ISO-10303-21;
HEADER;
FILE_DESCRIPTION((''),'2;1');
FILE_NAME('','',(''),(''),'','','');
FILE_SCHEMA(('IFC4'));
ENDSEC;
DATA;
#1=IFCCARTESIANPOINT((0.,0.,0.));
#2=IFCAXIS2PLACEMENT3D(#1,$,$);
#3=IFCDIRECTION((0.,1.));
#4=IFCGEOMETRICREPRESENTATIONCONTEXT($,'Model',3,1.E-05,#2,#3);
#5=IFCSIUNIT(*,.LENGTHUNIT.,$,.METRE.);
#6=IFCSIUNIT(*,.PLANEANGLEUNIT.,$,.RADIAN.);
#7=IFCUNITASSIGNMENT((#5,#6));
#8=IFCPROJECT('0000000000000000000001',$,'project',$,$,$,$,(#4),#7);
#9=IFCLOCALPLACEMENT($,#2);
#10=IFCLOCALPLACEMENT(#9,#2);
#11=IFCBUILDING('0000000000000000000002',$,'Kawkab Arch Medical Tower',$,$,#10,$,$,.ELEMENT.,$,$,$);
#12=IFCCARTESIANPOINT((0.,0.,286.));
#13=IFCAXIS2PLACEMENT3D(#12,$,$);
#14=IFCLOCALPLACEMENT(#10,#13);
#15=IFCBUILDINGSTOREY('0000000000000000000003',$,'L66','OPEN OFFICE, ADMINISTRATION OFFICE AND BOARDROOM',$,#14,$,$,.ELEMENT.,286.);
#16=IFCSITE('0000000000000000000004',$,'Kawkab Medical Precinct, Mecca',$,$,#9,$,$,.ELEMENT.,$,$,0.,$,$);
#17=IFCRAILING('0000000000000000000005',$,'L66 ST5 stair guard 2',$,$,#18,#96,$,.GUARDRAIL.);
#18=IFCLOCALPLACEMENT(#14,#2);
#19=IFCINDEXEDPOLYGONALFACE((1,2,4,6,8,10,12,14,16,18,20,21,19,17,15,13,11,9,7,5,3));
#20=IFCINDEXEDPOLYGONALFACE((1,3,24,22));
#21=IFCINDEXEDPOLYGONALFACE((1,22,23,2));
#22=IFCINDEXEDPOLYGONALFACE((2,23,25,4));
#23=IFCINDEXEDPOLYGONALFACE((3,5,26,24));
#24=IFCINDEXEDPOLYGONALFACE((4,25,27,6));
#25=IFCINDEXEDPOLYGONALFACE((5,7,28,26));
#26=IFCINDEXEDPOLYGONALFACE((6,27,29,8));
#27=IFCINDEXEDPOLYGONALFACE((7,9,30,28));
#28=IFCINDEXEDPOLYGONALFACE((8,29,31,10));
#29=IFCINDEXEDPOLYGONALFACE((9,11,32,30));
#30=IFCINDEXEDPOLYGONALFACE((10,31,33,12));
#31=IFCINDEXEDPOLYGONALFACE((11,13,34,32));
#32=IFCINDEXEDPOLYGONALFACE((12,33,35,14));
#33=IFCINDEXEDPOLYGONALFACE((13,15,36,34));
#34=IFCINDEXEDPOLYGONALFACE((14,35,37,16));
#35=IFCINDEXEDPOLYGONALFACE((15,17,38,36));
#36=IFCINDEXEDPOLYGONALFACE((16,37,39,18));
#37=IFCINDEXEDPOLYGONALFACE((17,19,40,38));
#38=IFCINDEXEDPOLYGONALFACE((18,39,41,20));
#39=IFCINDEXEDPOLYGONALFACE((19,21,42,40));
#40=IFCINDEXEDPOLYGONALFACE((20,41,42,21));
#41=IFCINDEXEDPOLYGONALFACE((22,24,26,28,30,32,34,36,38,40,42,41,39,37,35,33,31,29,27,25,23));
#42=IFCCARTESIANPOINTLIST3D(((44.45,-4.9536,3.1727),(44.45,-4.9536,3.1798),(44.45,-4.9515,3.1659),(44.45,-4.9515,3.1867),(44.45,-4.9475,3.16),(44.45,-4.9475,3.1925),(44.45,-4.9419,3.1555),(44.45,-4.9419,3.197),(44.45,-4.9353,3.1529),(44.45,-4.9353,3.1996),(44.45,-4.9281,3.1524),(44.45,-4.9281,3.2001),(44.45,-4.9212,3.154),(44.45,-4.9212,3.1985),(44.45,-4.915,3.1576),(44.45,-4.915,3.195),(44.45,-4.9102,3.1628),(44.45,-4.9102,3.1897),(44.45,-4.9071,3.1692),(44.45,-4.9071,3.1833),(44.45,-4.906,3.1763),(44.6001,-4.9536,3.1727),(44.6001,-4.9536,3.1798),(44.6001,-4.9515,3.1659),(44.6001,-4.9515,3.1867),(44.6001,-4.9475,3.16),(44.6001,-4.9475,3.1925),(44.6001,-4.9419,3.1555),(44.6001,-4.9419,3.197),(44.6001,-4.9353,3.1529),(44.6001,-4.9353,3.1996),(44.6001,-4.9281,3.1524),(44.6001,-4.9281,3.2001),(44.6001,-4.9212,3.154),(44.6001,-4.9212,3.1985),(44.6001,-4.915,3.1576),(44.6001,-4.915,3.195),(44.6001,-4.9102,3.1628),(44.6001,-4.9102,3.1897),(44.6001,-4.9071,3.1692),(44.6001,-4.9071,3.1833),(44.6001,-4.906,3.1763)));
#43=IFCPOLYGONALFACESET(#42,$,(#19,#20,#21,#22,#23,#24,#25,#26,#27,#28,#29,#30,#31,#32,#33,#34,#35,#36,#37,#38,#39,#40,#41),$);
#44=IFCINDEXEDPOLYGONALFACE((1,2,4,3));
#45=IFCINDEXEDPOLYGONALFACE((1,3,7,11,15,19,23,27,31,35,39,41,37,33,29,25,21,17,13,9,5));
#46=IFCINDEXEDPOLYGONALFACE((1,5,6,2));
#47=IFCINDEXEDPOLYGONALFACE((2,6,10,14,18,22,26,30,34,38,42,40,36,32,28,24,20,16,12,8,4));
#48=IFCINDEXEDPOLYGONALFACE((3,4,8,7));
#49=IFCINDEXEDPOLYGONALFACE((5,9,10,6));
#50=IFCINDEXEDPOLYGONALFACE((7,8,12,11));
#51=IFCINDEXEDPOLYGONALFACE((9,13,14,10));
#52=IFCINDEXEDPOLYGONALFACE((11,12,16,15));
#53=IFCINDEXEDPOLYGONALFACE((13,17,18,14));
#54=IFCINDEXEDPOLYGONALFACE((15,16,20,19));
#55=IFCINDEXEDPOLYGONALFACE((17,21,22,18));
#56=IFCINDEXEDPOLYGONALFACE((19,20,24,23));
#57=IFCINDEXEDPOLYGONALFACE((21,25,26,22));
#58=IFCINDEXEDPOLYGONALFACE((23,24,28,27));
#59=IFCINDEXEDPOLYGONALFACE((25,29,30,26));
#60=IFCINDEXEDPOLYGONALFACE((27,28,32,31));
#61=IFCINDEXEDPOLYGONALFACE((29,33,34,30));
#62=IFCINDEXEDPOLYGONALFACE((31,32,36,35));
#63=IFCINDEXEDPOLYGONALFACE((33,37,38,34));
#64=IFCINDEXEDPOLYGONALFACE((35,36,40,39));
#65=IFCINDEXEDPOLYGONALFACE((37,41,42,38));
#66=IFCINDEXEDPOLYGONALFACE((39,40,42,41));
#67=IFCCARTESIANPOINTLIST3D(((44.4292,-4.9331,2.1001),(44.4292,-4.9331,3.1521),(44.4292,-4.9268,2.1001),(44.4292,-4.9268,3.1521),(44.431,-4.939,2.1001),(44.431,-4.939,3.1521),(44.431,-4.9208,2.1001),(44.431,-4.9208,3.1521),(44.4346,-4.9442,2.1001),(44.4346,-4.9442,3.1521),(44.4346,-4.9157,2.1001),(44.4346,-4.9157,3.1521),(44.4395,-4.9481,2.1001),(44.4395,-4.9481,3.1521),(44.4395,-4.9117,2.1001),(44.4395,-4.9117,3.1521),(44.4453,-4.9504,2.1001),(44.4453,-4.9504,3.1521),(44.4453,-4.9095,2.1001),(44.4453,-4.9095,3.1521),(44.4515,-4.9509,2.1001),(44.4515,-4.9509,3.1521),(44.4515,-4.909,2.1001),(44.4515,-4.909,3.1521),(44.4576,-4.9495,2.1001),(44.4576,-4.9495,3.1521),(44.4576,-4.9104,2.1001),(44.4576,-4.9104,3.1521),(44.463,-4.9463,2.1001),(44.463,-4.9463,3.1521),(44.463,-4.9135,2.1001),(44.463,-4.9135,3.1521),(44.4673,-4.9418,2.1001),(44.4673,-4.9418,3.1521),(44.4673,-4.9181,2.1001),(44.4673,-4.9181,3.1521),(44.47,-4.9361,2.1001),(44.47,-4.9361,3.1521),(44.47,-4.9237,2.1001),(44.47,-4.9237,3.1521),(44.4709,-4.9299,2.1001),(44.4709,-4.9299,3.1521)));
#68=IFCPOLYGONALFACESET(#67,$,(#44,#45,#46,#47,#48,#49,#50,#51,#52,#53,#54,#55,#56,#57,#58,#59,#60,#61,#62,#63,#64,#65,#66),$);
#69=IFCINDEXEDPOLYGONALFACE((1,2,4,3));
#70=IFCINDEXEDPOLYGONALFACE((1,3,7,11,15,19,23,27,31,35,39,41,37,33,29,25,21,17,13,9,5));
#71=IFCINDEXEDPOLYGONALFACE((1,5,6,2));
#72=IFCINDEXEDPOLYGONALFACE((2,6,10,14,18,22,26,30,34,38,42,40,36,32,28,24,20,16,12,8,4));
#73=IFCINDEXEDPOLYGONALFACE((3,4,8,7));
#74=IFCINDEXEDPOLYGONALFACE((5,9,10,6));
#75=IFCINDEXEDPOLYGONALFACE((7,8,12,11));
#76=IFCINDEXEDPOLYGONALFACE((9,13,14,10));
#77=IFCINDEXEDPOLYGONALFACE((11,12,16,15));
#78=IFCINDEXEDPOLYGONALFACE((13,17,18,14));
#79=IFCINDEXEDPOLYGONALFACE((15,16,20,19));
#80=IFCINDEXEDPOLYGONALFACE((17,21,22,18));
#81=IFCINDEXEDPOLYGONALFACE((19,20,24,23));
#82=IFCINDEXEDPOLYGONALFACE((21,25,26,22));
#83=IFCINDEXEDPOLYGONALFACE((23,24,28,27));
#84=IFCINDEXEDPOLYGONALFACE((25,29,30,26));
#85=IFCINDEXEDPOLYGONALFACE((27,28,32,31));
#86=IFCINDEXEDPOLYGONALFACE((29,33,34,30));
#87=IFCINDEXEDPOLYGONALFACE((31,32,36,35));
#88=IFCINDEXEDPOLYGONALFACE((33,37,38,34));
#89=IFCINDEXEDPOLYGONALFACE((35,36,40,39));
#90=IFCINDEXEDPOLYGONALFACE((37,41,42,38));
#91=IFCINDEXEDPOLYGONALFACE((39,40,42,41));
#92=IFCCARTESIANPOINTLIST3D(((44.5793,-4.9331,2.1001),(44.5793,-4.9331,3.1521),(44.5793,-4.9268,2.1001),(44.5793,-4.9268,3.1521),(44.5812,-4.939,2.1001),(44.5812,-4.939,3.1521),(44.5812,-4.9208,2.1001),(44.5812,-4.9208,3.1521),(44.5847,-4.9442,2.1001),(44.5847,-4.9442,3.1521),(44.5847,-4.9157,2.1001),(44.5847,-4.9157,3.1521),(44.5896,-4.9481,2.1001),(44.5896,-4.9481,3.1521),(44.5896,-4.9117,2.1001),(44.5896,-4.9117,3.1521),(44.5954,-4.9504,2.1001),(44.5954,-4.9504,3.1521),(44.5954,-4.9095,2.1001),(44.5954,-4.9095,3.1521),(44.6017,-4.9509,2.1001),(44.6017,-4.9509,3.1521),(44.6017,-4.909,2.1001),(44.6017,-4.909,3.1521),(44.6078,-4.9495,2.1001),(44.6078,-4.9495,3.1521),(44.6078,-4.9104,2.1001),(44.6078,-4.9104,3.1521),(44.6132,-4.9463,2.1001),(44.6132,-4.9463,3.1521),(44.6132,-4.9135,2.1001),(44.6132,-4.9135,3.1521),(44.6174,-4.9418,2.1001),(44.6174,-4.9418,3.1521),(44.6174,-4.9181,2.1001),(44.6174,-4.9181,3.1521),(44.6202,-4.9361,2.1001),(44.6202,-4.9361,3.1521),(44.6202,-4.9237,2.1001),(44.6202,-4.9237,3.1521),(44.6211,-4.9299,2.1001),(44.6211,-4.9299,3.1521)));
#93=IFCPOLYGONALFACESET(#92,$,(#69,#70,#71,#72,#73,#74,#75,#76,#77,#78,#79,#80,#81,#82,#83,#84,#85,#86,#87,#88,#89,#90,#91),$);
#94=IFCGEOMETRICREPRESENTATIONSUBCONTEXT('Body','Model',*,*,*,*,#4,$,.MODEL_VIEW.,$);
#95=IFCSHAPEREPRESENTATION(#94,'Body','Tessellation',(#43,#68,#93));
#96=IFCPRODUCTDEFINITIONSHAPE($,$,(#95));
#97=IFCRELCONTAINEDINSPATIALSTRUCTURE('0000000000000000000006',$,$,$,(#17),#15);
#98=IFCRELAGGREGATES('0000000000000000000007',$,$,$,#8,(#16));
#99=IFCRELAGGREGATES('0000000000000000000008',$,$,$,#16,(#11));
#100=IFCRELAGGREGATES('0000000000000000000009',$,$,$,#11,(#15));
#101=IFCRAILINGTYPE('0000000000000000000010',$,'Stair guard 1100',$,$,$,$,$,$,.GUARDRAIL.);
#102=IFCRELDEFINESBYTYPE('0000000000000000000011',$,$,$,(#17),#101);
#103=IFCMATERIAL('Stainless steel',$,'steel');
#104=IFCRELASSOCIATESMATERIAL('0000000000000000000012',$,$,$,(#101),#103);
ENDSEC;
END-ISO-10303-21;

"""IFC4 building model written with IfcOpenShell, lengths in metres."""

from ifc_helpers import new_model, si_unit, direction, frame, origin, origin_2d, place, context, subcontext, project, spatial, circle, extrude, material, type_object, element, save


model = new_model("IFC4")

# Units and contexts
model_context = context("Model", 3, precision=1e-05, world=origin(), true_north=direction((0.0, 1.0)))
body_context = subcontext(model_context, "Body", "Model", "MODEL_VIEW")
ifc_project = project(units=[si_unit("LENGTHUNIT", "METRE"), si_unit("PLANEANGLEUNIT", "RADIAN")], contexts=[model_context])

# Site, building, storey
site_placement = place(None, origin())
site = spatial("IfcSite", under=ifc_project, at=site_placement, Name="Kawkab Medical Precinct, Mecca", CompositionType="ELEMENT", RefElevation=0.0)
building_placement = place(site_placement, origin())
building = spatial("IfcBuilding", under=site, at=building_placement, Name="Kawkab Arch Medical Tower", CompositionType="ELEMENT")
storey_placement = place(building_placement, frame((0.0, 0.0, 286.0)))
storey = spatial("IfcBuildingStorey", under=building, at=storey_placement, Name="L66", Description="OPEN OFFICE, ADMINISTRATION OFFICE AND BOARDROOM", CompositionType="ELEMENT", Elevation=286.0)

# Railing
ifc_material_1 = material(Name="Stainless steel", Category="steel")
railing_type_1 = type_object("IfcRailingType", Name="Stair guard 1100", PredefinedType="GUARDRAIL", material=ifc_material_1)
railing_1_placement = place(storey_placement, frame((44.45, -4.9299, 2.1001)))
element("IfcRailing", 1, at=railing_1_placement, inside=storey, type_object=railing_type_1, Name="L66 ST5 stair guard 2", PredefinedType="GUARDRAIL", context=body_context, shape_type="SweptSolid", body=[
    extrude(circle(Radius=0.0239, at=origin_2d()), frame((0.0, 0.0, 1.0762), z_axis=(1.0, 0.0, 0.0), x_axis=(0.0, 1.0, 0.0)), (0.0, 0.0, 1.0), 0.1501),
    extrude(circle(Radius=0.021, at=origin_2d()), origin(), (0.0, 0.0, 1.0), 1.052),
    extrude(circle(Radius=0.021, at=origin_2d()), frame((0.1501, 0.0, 0.0)), (0.0, 0.0, 1.0), 1.052),
])

save(model, "model.ifc")
